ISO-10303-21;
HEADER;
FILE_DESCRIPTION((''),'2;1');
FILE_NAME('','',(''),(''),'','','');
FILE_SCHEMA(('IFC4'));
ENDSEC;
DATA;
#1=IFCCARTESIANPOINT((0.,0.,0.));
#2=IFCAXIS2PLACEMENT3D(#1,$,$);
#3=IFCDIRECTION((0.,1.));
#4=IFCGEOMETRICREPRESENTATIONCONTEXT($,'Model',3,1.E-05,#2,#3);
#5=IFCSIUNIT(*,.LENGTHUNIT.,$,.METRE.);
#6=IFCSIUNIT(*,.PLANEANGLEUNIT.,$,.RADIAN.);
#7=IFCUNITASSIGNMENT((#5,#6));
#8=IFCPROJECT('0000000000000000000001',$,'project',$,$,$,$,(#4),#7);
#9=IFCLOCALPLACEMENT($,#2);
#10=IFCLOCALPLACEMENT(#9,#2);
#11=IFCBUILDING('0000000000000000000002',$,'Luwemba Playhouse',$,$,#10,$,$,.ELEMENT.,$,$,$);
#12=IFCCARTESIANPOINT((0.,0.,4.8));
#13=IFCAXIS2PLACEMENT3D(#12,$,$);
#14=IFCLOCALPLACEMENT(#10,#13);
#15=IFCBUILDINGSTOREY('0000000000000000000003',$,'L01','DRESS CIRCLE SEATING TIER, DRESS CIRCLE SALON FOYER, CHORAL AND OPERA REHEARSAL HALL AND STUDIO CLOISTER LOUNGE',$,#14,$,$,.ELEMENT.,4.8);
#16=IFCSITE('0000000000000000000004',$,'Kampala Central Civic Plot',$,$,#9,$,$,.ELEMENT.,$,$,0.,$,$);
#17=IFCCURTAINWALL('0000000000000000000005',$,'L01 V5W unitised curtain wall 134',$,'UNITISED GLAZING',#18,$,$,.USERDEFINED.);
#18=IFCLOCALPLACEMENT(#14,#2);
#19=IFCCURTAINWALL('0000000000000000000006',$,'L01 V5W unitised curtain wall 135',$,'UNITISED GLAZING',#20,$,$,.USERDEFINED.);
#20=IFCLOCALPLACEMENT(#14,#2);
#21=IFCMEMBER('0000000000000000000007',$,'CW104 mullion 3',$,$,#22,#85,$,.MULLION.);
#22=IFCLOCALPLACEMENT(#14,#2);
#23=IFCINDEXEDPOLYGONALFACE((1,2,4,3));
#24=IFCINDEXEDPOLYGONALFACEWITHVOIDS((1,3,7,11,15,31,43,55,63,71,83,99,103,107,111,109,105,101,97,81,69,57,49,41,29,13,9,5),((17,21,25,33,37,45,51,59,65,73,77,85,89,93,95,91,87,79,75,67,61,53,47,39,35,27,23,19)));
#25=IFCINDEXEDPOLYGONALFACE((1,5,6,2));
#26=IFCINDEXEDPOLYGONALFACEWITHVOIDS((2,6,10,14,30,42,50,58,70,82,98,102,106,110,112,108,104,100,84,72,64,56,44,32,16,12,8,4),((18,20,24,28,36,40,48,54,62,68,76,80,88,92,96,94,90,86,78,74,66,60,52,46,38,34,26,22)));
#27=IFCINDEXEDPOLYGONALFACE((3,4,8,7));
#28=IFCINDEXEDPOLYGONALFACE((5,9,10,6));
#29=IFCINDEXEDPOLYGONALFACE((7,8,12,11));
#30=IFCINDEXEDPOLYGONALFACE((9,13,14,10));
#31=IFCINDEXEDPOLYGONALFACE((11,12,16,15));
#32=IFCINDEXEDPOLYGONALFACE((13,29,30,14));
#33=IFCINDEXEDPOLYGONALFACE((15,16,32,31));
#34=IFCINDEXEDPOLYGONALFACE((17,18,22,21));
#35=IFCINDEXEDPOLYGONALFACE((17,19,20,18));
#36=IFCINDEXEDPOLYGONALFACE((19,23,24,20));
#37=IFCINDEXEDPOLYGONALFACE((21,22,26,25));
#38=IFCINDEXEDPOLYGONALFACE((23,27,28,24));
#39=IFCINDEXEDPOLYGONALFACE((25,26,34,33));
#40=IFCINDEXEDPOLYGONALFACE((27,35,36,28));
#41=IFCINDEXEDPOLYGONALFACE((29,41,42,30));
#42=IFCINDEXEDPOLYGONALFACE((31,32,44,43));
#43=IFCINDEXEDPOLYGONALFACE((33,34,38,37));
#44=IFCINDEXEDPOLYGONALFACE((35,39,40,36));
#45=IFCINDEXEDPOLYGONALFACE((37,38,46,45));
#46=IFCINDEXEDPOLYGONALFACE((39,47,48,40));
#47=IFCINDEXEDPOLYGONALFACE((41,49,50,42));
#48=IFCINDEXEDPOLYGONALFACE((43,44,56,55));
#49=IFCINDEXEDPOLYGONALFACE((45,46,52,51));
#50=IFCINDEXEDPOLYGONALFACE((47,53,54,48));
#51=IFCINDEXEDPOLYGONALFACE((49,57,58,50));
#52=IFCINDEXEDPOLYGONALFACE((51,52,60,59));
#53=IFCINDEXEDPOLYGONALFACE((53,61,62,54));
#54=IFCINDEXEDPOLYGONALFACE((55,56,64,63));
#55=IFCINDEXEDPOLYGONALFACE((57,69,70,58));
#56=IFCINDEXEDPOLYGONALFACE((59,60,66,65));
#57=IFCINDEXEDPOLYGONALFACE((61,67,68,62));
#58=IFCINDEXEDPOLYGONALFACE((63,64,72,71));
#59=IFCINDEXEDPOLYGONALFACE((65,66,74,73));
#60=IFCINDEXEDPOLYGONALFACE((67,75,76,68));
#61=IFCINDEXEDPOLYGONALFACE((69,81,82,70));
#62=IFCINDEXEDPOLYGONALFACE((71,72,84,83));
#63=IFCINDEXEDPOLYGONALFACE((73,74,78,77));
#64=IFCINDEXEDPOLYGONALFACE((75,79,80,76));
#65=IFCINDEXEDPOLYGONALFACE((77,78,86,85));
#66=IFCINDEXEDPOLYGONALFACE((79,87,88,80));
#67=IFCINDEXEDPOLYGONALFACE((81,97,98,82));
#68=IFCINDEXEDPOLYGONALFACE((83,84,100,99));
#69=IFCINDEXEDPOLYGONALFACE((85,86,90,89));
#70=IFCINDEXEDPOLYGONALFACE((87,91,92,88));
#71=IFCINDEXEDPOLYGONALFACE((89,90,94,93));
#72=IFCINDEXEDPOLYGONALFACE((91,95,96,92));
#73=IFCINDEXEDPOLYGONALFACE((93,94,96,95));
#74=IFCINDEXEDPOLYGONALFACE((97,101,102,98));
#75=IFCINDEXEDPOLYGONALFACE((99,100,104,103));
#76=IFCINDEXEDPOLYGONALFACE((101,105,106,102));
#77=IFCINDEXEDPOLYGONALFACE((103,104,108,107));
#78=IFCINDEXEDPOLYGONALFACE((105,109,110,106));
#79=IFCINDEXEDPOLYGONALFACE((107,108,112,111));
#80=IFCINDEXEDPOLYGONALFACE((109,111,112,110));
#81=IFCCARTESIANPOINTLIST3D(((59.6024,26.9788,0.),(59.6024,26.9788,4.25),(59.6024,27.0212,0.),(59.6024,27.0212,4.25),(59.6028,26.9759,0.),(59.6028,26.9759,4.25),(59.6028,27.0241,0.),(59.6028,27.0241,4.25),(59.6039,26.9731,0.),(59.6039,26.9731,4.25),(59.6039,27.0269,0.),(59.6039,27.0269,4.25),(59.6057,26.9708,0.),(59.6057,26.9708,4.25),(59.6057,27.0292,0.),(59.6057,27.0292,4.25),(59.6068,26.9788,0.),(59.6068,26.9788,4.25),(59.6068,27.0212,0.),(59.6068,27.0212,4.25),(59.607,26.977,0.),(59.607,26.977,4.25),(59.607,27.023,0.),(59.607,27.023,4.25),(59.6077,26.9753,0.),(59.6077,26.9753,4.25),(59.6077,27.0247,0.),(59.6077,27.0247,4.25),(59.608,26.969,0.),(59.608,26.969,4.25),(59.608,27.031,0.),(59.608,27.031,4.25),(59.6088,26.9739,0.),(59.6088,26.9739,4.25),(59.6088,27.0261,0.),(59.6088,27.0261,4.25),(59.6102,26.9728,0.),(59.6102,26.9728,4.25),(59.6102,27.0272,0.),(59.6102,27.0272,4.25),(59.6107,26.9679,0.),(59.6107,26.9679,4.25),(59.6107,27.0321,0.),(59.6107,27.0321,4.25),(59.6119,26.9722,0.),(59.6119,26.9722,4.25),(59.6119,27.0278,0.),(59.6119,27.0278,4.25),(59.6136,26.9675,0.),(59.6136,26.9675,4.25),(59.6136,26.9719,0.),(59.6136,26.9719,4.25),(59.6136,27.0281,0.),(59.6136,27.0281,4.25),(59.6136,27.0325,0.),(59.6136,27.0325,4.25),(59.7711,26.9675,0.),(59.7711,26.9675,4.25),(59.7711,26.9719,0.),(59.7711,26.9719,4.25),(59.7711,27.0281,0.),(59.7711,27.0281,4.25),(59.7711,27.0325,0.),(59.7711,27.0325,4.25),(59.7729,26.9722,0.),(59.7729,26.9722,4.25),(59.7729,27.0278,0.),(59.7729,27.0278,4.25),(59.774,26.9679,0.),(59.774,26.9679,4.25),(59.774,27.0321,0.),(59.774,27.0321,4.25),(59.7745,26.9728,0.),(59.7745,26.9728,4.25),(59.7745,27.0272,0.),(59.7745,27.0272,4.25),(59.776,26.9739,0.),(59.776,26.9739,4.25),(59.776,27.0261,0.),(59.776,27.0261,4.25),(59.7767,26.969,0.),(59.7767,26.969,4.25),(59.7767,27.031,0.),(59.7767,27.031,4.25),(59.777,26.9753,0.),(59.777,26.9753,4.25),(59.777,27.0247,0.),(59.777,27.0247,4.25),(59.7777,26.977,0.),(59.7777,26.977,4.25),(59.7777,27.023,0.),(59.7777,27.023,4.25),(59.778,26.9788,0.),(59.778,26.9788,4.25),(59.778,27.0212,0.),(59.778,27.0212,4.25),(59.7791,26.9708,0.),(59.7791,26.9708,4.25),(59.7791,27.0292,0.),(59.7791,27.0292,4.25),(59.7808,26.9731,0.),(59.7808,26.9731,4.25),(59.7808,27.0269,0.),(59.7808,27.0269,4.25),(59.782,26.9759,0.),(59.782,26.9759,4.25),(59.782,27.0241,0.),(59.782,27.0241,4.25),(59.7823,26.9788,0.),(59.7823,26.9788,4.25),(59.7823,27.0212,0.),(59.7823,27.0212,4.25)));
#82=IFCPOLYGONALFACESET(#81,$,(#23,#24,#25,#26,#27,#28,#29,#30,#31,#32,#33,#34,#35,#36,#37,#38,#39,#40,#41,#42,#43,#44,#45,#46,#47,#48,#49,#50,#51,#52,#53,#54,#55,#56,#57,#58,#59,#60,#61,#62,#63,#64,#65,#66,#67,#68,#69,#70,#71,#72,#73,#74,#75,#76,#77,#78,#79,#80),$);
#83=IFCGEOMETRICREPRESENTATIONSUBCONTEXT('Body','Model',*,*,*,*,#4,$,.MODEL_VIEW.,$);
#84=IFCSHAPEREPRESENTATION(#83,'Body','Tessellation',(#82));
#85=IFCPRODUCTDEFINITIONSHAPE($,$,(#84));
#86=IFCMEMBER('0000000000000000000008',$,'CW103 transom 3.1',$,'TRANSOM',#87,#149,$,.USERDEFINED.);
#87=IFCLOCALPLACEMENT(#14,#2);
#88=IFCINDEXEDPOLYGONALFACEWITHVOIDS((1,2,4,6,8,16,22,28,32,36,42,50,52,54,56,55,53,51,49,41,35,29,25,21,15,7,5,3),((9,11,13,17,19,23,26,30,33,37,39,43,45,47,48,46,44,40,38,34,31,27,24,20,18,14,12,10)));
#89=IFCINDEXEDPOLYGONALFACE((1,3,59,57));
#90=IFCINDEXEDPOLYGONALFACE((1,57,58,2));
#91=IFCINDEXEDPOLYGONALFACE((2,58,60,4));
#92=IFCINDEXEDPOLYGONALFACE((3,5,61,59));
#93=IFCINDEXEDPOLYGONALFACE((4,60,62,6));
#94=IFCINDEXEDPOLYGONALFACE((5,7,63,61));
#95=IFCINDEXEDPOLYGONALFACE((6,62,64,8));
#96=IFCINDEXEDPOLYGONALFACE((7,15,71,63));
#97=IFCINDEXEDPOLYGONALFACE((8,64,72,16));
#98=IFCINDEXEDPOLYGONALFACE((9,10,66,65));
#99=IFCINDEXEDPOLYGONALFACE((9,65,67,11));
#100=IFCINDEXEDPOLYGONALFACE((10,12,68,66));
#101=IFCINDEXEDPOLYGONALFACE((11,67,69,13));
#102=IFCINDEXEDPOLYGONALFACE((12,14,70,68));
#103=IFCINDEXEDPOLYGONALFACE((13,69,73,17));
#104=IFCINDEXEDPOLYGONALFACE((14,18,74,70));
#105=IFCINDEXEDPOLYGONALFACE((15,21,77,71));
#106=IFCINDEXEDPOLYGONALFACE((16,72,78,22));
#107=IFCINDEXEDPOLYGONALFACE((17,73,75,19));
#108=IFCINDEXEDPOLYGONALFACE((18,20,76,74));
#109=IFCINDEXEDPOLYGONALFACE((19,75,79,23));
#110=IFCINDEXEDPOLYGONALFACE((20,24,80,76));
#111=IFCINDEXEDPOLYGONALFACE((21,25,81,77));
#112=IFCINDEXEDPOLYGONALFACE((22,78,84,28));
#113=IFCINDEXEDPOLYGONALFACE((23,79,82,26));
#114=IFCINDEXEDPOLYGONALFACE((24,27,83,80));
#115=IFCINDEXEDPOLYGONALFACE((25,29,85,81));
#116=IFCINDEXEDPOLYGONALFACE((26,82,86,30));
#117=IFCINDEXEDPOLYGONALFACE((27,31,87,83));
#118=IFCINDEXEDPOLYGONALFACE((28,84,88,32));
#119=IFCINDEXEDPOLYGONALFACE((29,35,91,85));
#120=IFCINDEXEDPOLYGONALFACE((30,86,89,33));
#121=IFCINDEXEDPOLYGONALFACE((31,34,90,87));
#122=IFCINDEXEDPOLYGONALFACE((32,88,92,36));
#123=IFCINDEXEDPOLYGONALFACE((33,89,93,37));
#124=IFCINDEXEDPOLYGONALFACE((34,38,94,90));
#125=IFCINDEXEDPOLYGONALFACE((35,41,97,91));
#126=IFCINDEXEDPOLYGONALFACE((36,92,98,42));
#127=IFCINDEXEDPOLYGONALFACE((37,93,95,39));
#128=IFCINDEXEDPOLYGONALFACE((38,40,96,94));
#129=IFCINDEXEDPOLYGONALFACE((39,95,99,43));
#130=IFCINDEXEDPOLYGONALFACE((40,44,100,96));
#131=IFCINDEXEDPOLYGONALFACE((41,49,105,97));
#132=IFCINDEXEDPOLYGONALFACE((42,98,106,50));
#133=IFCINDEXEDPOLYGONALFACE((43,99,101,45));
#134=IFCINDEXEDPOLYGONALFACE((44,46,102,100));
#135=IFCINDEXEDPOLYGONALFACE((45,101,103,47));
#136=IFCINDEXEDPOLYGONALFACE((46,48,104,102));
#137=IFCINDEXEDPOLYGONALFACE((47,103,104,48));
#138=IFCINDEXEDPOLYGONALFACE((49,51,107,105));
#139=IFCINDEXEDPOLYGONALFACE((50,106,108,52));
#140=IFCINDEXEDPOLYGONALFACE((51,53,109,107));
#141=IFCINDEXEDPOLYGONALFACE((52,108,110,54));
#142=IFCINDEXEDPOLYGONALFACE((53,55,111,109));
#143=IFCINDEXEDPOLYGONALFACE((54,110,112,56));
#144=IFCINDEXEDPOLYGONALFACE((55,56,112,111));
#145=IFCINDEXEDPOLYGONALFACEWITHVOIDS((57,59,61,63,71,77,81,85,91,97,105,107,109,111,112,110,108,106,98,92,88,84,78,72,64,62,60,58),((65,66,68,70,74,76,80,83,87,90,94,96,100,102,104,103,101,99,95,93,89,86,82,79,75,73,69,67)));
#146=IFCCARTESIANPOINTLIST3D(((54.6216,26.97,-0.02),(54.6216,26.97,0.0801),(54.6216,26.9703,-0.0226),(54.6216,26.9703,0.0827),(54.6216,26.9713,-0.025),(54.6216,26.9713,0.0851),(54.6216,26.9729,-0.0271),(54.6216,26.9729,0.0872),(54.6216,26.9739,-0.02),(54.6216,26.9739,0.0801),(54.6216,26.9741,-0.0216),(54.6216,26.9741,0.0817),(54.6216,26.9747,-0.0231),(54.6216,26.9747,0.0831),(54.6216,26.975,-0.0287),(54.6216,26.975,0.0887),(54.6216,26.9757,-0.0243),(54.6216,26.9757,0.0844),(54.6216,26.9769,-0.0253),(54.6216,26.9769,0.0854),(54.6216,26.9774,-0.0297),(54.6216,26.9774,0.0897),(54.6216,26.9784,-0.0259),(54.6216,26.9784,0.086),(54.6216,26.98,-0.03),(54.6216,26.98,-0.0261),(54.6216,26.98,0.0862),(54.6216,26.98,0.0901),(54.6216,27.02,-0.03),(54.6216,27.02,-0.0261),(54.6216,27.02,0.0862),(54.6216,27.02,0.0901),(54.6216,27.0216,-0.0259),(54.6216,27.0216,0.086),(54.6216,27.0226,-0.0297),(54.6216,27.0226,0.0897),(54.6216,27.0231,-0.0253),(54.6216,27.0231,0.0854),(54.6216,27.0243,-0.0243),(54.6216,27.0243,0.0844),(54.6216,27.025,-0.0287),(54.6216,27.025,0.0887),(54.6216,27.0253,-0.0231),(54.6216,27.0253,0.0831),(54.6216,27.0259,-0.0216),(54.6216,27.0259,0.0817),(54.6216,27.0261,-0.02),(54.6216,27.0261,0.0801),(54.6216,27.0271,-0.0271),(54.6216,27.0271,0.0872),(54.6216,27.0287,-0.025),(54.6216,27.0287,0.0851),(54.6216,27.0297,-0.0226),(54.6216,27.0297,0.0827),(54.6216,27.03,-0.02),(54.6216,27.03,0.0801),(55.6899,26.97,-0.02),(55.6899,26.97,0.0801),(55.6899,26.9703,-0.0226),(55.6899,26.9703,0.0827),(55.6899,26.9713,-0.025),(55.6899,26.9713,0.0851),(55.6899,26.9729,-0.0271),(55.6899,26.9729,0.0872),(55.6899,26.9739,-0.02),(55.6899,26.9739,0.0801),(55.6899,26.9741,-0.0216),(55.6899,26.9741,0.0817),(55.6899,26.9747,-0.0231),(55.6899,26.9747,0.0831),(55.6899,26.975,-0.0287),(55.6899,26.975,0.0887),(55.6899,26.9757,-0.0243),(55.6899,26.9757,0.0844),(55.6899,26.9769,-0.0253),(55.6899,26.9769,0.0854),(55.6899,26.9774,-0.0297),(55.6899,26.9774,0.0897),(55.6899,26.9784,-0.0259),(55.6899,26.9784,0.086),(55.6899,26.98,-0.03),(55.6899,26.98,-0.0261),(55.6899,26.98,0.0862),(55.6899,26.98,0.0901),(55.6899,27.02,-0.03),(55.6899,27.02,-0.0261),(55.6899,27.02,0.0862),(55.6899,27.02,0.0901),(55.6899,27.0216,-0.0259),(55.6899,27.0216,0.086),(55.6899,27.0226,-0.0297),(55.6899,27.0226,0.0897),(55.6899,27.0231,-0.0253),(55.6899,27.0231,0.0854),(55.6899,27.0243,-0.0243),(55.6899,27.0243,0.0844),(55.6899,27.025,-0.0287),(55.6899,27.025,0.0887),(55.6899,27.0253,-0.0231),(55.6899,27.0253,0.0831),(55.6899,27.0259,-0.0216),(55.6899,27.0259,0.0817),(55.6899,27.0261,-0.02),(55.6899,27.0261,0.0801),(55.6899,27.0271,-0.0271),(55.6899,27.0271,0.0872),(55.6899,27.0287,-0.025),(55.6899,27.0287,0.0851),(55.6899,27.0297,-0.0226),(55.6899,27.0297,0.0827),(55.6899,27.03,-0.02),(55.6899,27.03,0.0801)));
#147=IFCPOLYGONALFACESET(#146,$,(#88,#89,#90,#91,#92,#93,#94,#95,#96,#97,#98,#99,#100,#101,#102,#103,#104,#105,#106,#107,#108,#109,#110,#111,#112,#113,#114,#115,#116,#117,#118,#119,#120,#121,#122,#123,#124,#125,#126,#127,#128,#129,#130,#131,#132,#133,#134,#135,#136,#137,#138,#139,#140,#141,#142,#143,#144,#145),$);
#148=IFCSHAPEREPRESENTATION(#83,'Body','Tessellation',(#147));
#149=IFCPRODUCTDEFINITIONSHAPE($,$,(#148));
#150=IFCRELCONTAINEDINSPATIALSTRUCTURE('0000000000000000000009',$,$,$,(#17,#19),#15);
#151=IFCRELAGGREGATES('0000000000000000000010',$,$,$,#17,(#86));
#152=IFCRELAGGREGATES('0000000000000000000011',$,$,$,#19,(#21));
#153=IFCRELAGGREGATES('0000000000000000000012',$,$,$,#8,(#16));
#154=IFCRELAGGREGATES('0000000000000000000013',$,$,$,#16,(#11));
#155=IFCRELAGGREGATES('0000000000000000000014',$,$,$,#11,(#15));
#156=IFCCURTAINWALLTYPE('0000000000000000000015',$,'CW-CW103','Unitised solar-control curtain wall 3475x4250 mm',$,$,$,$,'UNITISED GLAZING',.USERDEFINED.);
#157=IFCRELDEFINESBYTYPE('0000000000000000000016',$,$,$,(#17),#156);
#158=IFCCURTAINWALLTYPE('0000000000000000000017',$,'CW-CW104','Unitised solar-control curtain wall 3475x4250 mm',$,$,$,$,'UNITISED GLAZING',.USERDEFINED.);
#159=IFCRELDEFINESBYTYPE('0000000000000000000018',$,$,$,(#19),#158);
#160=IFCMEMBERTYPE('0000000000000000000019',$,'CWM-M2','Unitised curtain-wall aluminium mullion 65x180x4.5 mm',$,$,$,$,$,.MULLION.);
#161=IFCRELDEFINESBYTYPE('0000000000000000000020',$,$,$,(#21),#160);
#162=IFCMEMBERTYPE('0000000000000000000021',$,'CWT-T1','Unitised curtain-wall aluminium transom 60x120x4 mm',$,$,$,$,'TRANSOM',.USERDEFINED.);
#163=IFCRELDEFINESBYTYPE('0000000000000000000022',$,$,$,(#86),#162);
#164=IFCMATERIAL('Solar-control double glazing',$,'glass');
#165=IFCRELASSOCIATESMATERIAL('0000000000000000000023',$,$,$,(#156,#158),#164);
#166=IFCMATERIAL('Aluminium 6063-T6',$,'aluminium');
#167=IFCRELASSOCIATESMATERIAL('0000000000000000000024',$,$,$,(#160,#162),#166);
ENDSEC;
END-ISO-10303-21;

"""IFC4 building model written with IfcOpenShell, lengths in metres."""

from ifc_helpers import new_model, si_unit, direction, frame, origin, origin_2d, place, context, subcontext, project, spatial, hollow_rectangle, extrude, material, material_profile, profile_set, type_object, element, aggregate, save


model = new_model("IFC4")

# Units and contexts
model_context = context("Model", 3, precision=1e-05, world=origin(), true_north=direction((0.0, 1.0)))
body_context = subcontext(model_context, "Body", "Model", "MODEL_VIEW")
ifc_project = project(units=[si_unit("LENGTHUNIT", "METRE"), si_unit("PLANEANGLEUNIT", "RADIAN")], contexts=[model_context])

# Site, building, storey
site_placement = place(None, origin())
site = spatial("IfcSite", under=ifc_project, at=site_placement, Name="Kampala Central Civic Plot", CompositionType="ELEMENT", RefElevation=0.0)
building_placement = place(site_placement, origin())
building = spatial("IfcBuilding", under=site, at=building_placement, Name="Luwemba Playhouse", CompositionType="ELEMENT")
storey_placement = place(building_placement, frame((0.0, 0.0, 4.8)))
storey = spatial("IfcBuildingStorey", under=building, at=storey_placement, Name="L01", Description="DRESS CIRCLE SEATING TIER, DRESS CIRCLE SALON FOYER, CHORAL AND OPERA REHEARSAL HALL AND STUDIO CLOISTER LOUNGE", CompositionType="ELEMENT", Elevation=4.8)

# Curtain walls, member
ifc_material_1 = material(Name="Solar-control double glazing", Category="glass")
curtain_wall_type_1 = type_object("IfcCurtainWallType", Name="CW-CW103", Description="Unitised solar-control curtain wall 3475x4250 mm", ElementType="UNITISED GLAZING", PredefinedType="USERDEFINED", material=ifc_material_1)
curtain_wall_1_placement = place(storey_placement, origin())
curtain_wall_1 = element("IfcCurtainWall", 1, at=curtain_wall_1_placement, inside=storey, type_object=curtain_wall_type_1, Name="L01 V5W unitised curtain wall 134", ObjectType="UNITISED GLAZING", PredefinedType="USERDEFINED")
ifc_material_2 = material(Name="Aluminium 6063-T6", Category="aluminium")
curtain_wall_type_2 = type_object("IfcCurtainWallType", Name="CW-CW104", Description="Unitised solar-control curtain wall 3475x4250 mm", ElementType="UNITISED GLAZING", PredefinedType="USERDEFINED", material=ifc_material_1)
curtain_wall_2_placement = place(storey_placement, origin())
curtain_wall_2 = element("IfcCurtainWall", 2, at=curtain_wall_2_placement, inside=storey, type_object=curtain_wall_type_2, Name="L01 V5W unitised curtain wall 135", ObjectType="UNITISED GLAZING", PredefinedType="USERDEFINED")
ifc_material_profile_1 = material_profile(ifc_material_2, hollow_rectangle(XDim=0.0649, YDim=0.1799, WallThickness=0.0044, InnerFilletRadius=0.0068, OuterFilletRadius=0.0112, at=origin_2d()))
ifc_profile_set_1 = profile_set([ifc_material_profile_1], Name="Aluminium 6063-T6")
member_type_1 = type_object("IfcMemberType", Name="CWM-M2", Description="Unitised curtain-wall aluminium mullion 65x180x4.5 mm", PredefinedType="MULLION", material=ifc_profile_set_1)
member_1_placement = place(storey_placement, frame((59.6924, 27.0, 0.0), z_axis=(0.0, 0.0, 1.0), x_axis=(0.0, 1.0, 0.0)))
member_1 = element("IfcMember", 3, at=member_1_placement, type_object=member_type_1, Name="CW104 mullion 3", PredefinedType="MULLION", context=body_context, shape_type="SweptSolid", body=[
    extrude(hollow_rectangle(XDim=0.0649, YDim=0.1799, WallThickness=0.0044, InnerFilletRadius=0.0068, OuterFilletRadius=0.0112, at=origin_2d()), origin(), (0.0, 0.0, 1.0), 4.25),
])

# Member
ifc_material_profile_2 = material_profile(ifc_material_2, hollow_rectangle(XDim=0.0601, YDim=0.1201, WallThickness=0.0039, InnerFilletRadius=0.0061, OuterFilletRadius=0.01, at=origin_2d()))
ifc_profile_set_2 = profile_set([ifc_material_profile_2], Name="Aluminium 6063-T6")
member_type_2 = type_object("IfcMemberType", Name="CWT-T1", Description="Unitised curtain-wall aluminium transom 60x120x4 mm", ElementType="TRANSOM", PredefinedType="USERDEFINED", material=ifc_profile_set_2)
member_2_placement = place(storey_placement, frame((54.6216, 27.0, 0.03), z_axis=(1.0, 0.0, 0.0), x_axis=(0.0, 1.0, 0.0)))
member_2 = element("IfcMember", 4, at=member_2_placement, type_object=member_type_2, Name="CW103 transom 3.1", ObjectType="TRANSOM", PredefinedType="USERDEFINED", context=body_context, shape_type="SweptSolid", body=[
    extrude(hollow_rectangle(XDim=0.0601, YDim=0.1201, WallThickness=0.0039, InnerFilletRadius=0.0061, OuterFilletRadius=0.01, at=origin_2d()), origin(), (0.0, 0.0, 1.0), 1.0684),
])

aggregate(curtain_wall_1, [member_2])
aggregate(curtain_wall_2, [member_1])

save(model, "model.ifc")
